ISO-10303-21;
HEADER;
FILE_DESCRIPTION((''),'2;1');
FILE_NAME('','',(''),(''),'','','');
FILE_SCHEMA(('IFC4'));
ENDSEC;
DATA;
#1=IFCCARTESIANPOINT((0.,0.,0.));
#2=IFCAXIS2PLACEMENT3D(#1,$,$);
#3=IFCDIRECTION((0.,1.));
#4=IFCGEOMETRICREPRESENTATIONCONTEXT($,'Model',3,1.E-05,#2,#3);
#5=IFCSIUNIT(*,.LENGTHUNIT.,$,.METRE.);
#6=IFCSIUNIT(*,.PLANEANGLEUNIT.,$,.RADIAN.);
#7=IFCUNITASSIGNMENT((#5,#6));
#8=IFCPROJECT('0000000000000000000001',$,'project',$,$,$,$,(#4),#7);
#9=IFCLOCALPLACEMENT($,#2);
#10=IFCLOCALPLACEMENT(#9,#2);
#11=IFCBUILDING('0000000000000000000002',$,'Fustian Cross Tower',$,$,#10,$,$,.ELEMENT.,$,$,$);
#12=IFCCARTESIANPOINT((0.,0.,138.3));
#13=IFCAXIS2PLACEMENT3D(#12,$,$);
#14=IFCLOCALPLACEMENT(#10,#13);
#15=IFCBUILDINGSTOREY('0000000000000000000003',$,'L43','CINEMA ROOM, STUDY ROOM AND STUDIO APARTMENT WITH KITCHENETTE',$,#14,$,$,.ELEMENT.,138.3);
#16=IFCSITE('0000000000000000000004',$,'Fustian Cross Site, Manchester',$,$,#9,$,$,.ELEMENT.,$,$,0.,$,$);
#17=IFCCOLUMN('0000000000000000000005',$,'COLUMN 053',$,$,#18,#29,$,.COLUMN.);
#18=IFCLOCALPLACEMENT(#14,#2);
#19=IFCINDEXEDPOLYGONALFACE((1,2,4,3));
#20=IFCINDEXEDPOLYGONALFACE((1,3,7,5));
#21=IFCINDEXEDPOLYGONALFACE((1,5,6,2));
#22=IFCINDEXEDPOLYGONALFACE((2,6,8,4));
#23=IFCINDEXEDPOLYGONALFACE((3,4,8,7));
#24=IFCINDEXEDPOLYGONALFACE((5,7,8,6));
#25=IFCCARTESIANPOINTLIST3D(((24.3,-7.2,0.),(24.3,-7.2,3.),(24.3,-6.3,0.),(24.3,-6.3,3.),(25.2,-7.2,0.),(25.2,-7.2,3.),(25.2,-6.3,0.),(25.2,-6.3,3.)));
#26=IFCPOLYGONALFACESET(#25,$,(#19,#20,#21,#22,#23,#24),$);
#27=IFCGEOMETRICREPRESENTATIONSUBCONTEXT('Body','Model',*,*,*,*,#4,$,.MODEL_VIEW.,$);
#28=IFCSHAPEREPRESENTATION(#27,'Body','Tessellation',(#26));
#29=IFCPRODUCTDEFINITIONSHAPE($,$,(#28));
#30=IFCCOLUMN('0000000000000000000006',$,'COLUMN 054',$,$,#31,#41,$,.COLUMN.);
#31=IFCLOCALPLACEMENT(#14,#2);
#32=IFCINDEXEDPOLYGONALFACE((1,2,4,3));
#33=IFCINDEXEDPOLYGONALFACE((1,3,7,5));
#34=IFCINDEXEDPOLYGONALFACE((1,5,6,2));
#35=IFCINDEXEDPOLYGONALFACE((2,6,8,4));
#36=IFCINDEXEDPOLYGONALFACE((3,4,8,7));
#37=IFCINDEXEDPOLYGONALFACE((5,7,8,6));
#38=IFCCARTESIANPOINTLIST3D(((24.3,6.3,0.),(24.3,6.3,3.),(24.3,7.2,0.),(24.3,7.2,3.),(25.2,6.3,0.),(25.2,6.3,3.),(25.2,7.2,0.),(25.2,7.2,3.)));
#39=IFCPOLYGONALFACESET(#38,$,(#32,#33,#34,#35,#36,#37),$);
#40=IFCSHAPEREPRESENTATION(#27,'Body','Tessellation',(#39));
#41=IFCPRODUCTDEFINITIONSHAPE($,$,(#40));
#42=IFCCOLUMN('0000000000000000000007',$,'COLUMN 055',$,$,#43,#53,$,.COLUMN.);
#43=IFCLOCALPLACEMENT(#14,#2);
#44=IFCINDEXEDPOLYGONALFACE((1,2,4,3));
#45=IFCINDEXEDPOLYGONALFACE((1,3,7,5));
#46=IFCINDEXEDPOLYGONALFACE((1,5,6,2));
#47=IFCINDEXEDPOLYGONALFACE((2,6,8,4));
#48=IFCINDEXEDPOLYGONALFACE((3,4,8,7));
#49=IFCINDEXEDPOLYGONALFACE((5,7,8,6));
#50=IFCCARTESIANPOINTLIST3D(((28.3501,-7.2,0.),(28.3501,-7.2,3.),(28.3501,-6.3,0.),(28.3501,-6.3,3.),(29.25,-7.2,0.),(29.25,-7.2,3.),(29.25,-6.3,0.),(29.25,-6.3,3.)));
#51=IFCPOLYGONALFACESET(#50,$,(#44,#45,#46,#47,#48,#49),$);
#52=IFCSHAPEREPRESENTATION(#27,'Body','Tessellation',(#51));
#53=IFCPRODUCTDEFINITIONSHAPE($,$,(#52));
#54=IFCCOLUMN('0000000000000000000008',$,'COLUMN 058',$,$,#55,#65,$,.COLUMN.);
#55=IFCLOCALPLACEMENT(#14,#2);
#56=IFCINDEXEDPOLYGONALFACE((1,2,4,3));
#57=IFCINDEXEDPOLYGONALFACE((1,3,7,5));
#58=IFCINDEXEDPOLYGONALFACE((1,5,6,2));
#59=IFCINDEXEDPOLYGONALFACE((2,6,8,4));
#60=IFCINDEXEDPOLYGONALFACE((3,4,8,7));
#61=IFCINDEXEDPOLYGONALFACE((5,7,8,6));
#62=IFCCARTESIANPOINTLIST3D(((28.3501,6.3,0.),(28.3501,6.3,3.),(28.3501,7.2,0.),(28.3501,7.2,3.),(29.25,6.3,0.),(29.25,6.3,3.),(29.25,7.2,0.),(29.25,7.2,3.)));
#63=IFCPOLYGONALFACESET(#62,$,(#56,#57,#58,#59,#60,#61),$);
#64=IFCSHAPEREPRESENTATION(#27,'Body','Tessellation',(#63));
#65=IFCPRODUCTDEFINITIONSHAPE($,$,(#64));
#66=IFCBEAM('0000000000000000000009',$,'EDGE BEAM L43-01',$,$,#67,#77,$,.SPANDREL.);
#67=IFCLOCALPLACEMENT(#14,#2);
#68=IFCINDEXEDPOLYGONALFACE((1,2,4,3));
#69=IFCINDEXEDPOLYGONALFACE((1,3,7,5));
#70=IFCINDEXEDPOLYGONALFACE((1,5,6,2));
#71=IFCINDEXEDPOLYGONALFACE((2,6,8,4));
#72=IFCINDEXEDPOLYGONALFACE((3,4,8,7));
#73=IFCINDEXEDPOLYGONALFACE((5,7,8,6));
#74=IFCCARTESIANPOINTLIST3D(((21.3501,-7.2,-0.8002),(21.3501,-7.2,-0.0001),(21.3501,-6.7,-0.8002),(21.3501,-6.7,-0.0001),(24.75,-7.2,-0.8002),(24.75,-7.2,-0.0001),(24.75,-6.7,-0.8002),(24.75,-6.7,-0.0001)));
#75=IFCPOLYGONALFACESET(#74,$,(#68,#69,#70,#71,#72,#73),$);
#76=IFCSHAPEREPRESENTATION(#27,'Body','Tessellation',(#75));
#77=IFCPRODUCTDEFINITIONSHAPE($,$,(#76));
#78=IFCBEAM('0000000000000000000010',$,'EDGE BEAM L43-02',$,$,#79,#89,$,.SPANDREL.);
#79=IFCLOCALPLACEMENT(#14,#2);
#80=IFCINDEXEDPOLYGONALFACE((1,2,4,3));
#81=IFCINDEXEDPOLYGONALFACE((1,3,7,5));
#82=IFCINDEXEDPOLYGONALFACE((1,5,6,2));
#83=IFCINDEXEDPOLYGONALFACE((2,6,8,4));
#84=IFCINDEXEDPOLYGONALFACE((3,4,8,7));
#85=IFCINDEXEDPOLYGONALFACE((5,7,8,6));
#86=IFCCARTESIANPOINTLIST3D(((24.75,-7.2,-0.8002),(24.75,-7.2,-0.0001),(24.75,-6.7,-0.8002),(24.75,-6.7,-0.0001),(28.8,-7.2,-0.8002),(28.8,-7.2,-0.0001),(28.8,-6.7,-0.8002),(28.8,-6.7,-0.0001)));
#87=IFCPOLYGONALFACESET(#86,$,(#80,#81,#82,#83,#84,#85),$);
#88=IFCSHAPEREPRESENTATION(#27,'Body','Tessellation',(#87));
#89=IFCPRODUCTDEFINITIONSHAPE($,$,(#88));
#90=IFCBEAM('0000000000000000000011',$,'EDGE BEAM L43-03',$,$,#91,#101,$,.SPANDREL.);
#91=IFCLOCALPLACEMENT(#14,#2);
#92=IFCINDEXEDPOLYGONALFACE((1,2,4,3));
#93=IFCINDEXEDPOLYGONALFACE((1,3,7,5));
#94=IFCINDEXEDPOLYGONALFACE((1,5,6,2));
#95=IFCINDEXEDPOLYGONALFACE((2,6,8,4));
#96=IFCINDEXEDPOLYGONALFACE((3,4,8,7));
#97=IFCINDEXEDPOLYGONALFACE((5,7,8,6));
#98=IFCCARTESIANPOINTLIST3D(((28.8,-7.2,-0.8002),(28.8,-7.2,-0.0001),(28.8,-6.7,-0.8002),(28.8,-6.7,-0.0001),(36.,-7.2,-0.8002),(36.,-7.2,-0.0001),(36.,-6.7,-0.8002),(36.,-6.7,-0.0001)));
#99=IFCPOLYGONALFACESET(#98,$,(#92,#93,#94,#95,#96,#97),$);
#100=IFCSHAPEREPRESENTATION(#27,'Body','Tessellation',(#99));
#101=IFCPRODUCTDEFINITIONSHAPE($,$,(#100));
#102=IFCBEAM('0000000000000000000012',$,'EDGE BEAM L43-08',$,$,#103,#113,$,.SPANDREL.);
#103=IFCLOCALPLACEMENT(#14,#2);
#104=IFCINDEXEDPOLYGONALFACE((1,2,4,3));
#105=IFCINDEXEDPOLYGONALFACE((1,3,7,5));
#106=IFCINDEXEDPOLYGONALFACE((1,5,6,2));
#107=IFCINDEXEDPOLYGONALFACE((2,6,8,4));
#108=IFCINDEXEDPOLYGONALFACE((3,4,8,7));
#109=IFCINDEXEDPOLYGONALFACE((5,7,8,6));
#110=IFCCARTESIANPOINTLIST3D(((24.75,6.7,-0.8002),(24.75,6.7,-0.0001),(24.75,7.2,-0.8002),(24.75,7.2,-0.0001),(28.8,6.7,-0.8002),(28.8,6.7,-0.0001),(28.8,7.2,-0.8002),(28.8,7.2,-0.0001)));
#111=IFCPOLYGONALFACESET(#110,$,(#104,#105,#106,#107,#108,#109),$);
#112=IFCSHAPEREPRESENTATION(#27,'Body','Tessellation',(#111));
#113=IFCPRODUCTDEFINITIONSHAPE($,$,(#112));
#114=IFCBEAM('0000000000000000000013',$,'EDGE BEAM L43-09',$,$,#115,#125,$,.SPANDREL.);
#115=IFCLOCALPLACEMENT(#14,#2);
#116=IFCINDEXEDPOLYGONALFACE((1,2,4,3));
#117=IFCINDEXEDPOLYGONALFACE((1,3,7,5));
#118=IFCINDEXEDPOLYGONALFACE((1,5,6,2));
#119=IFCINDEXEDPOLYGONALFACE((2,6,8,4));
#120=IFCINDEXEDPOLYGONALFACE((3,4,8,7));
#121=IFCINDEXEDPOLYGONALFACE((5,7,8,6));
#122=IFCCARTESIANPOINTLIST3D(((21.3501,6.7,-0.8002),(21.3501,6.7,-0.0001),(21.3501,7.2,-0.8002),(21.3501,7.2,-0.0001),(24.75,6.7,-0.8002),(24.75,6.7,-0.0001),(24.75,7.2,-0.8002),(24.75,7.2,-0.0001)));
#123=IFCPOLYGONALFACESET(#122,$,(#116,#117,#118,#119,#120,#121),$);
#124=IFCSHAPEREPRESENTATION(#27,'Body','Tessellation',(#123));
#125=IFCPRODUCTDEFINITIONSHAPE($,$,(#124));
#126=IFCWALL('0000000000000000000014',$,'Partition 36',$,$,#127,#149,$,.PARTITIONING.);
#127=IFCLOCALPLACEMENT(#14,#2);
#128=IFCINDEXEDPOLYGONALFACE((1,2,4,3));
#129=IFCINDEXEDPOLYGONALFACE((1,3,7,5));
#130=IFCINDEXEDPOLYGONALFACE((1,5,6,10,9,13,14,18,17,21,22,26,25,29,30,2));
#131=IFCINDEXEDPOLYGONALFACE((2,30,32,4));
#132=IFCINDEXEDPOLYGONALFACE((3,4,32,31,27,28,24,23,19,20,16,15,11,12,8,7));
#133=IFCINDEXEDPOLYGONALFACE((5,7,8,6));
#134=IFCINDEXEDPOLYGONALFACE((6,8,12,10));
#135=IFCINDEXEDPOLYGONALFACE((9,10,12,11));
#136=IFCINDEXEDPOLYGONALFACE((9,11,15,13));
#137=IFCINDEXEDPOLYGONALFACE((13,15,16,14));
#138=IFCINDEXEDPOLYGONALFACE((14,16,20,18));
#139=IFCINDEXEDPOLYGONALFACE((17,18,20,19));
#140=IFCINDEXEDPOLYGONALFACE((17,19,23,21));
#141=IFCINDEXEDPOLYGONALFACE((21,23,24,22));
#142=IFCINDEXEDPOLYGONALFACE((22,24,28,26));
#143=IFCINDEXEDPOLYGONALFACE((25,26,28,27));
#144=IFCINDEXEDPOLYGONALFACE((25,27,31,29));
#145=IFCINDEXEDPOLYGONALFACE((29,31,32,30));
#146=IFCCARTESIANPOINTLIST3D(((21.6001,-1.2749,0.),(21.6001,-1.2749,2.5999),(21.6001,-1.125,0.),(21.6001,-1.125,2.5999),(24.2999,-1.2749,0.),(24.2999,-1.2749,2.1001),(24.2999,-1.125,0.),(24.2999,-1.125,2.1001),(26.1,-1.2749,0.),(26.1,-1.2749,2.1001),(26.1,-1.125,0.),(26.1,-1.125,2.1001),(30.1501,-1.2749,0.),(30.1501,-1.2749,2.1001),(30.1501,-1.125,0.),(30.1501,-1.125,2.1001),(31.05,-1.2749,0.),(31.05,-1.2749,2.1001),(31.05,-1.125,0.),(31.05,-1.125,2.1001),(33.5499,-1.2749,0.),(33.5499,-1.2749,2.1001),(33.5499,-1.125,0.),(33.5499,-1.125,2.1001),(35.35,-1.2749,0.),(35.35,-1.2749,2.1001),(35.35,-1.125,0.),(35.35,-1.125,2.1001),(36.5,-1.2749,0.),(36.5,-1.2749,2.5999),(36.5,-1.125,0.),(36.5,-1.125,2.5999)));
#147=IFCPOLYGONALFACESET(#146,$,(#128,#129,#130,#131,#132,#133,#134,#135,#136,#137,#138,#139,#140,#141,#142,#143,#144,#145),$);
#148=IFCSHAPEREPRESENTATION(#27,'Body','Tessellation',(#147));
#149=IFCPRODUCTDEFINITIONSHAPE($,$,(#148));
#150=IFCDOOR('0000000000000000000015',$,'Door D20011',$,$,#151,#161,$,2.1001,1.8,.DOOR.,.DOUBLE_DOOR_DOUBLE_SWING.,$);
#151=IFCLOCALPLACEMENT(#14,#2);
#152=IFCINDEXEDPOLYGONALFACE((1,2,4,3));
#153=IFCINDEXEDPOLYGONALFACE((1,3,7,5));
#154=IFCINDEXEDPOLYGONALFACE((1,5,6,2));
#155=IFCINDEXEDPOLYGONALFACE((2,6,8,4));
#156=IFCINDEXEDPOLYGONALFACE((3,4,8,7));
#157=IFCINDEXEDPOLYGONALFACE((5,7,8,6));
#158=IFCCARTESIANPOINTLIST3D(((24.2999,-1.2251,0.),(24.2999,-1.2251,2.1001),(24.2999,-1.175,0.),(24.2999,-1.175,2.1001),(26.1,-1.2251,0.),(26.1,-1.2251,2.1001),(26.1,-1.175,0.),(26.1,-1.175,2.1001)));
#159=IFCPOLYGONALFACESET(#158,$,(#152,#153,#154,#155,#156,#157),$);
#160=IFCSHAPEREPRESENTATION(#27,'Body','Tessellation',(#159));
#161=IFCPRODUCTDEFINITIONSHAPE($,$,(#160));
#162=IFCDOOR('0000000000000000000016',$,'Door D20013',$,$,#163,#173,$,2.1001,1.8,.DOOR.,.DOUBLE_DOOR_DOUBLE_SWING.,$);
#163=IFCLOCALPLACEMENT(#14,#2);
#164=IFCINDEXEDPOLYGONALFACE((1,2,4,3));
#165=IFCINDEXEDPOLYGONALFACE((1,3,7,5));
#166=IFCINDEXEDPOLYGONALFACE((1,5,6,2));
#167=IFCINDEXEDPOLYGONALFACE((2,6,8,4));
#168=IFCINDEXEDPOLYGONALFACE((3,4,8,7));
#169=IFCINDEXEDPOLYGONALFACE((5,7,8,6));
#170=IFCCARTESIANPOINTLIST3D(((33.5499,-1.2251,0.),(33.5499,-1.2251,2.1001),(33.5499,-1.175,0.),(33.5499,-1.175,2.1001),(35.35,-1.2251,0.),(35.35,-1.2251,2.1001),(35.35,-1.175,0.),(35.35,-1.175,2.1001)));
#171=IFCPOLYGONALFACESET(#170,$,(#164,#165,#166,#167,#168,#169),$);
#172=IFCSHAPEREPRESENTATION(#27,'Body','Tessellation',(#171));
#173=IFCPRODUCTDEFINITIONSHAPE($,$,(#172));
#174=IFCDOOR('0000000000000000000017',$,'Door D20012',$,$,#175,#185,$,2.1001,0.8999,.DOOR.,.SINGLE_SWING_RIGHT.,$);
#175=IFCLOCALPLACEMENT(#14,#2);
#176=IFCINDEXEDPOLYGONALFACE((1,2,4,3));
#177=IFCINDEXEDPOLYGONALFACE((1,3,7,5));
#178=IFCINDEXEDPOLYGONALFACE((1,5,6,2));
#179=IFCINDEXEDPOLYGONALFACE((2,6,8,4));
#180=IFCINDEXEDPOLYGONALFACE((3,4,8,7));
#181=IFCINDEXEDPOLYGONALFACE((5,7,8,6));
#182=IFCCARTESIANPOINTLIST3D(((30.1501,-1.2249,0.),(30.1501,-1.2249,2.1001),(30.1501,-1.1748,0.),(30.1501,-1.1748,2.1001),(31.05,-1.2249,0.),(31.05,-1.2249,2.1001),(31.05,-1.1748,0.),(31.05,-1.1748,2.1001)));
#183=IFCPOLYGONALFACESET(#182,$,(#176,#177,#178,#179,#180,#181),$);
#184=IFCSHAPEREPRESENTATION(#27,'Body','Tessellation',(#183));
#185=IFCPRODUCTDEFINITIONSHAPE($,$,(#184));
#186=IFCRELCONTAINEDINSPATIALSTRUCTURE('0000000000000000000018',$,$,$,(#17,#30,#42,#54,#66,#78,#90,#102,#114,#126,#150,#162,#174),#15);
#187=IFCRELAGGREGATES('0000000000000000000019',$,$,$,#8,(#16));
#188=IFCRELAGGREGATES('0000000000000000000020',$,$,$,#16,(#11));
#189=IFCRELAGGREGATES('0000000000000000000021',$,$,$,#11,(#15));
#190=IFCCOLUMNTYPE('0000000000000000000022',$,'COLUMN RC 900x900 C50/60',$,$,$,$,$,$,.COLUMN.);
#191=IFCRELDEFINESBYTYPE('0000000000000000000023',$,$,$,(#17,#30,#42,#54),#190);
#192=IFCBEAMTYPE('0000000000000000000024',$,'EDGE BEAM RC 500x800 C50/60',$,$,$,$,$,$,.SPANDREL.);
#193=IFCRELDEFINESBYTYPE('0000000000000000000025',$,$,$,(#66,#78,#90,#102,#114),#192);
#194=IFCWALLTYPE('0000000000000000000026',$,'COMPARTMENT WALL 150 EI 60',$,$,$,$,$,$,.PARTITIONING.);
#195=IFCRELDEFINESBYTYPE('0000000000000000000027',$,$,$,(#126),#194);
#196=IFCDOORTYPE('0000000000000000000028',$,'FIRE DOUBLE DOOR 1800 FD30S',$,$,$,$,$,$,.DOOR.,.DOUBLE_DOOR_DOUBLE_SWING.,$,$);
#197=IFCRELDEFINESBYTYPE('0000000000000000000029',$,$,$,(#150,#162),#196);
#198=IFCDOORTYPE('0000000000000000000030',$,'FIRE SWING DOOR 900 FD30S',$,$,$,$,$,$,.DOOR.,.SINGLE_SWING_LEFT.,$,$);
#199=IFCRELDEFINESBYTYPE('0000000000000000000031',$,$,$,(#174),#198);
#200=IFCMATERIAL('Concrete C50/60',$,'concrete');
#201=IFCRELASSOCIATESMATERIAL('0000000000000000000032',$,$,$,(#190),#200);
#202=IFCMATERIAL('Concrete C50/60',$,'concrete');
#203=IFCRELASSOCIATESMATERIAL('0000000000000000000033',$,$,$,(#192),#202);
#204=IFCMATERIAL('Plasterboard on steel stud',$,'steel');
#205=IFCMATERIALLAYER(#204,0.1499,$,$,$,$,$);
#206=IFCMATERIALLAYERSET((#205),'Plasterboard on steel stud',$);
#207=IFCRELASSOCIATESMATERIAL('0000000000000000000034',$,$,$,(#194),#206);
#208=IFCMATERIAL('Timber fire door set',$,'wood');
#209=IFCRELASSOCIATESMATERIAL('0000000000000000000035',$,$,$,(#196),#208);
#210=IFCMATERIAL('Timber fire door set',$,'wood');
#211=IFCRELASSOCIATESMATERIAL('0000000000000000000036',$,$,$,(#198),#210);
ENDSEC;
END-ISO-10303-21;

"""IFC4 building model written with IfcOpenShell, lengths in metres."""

from ifc_helpers import new_model, si_unit, direction, frame, frame_2d, origin, origin_2d, place, context, subcontext, project, spatial, rectangle, extrude, material, layer, layer_set, material_profile, profile_set, type_object, element, fill, save


model = new_model("IFC4")

# Units and contexts
model_context = context("Model", 3, precision=1e-05, world=origin(), true_north=direction((0.0, 1.0)))
body_context = subcontext(model_context, "Body", "Model", "MODEL_VIEW")
ifc_project = project(units=[si_unit("LENGTHUNIT", "METRE"), si_unit("PLANEANGLEUNIT", "RADIAN")], contexts=[model_context])

# Site, building, storey
site_placement = place(None, origin())
site = spatial("IfcSite", under=ifc_project, at=site_placement, Name="Fustian Cross Site, Manchester", CompositionType="ELEMENT", RefElevation=0.0)
building_placement = place(site_placement, origin())
building = spatial("IfcBuilding", under=site, at=building_placement, Name="Fustian Cross Tower", CompositionType="ELEMENT")
storey_placement = place(building_placement, frame((0.0, 0.0, 138.3)))
storey = spatial("IfcBuildingStorey", under=building, at=storey_placement, Name="L43", Description="CINEMA ROOM, STUDY ROOM AND STUDIO APARTMENT WITH KITCHENETTE", CompositionType="ELEMENT", Elevation=138.3)

# Columns
ifc_material_1 = material(Name="Concrete C50/60", Category="concrete")
ifc_material_profile_1 = material_profile(ifc_material_1, rectangle(XDim=0.8999, YDim=0.8999, at=origin_2d()), Name="RC 900x900")
ifc_profile_set_1 = profile_set([ifc_material_profile_1], Name="Concrete C50/60")
column_type = type_object("IfcColumnType", Name="COLUMN RC 900x900 C50/60", PredefinedType="COLUMN", material=ifc_profile_set_1)
for number, where, z_axis, x_axis, name in (
    (1, (24.75, -6.75, 0.0), (0.0, 0.0, 1.0), (1.0, 0.0, 0.0), "COLUMN 053"),
    (2, (24.75, 6.75, 0.0), (0.0, 0.0, 1.0), (1.0, 0.0, 0.0), "COLUMN 054"),
    (3, (28.8, -6.75, 0.0), (0.0, 0.0, 1.0), (1.0, 0.0, 0.0), "COLUMN 055"),
    (4, (28.8, 6.75, 0.0), (0.0, 0.0, 1.0), (1.0, 0.0, 0.0), "COLUMN 058"),
):
    element("IfcColumn", number, at=place(storey_placement, frame(where, z_axis=z_axis, x_axis=x_axis)), inside=storey, type_object=column_type, Name=name, PredefinedType="COLUMN", context=body_context, shape_type="SweptSolid", body=[
        extrude(rectangle(XDim=0.8999, YDim=0.8999, at=origin_2d()), origin(), (0.0, 0.0, 1.0), 3.0),
    ])

# Beams
ifc_material_2 = material(Name="Concrete C50/60", Category="concrete")
ifc_material_profile_2 = material_profile(ifc_material_2, rectangle(XDim=0.5, YDim=0.8, at=origin_2d()), Name="RC 500x800")
ifc_profile_set_2 = profile_set([ifc_material_profile_2], Name="Concrete C50/60")
beam_type = type_object("IfcBeamType", Name="EDGE BEAM RC 500x800 C50/60", PredefinedType="SPANDREL", material=ifc_profile_set_2)
beam_1_placement = place(storey_placement, frame((21.3501, -6.95, -0.4001), z_axis=(1.0, 0.0, 0.0), x_axis=(0.0, 1.0, 0.0)))
element("IfcBeam", 5, at=beam_1_placement, inside=storey, type_object=beam_type, Name="EDGE BEAM L43-01", PredefinedType="SPANDREL", context=body_context, shape_type="SweptSolid", body=[
    extrude(rectangle(XDim=0.5, YDim=0.8, at=origin_2d()), origin(), (0.0, 0.0, 1.0), 3.3999),
])
beam_2_placement = place(storey_placement, frame((24.75, -6.95, -0.4001), z_axis=(1.0, 0.0, 0.0), x_axis=(0.0, 1.0, 0.0)))
element("IfcBeam", 6, at=beam_2_placement, inside=storey, type_object=beam_type, Name="EDGE BEAM L43-02", PredefinedType="SPANDREL", context=body_context, shape_type="SweptSolid", body=[
    extrude(rectangle(XDim=0.5, YDim=0.8, at=origin_2d()), origin(), (0.0, 0.0, 1.0), 4.05),
])
beam_3_placement = place(storey_placement, frame((28.8, -6.95, -0.4001), z_axis=(1.0, 0.0, 0.0), x_axis=(0.0, 1.0, 0.0)))
element("IfcBeam", 7, at=beam_3_placement, inside=storey, type_object=beam_type, Name="EDGE BEAM L43-03", PredefinedType="SPANDREL", context=body_context, shape_type="SweptSolid", body=[
    extrude(rectangle(XDim=0.5, YDim=0.8, at=origin_2d()), origin(), (0.0, 0.0, 1.0), 7.2),
])
beam_4_placement = place(storey_placement, frame((28.8, 6.95, -0.4001), z_axis=(-1.0, 0.0, 0.0), x_axis=(0.0, -1.0, 0.0)))
element("IfcBeam", 8, at=beam_4_placement, inside=storey, type_object=beam_type, Name="EDGE BEAM L43-08", PredefinedType="SPANDREL", context=body_context, shape_type="SweptSolid", body=[
    extrude(rectangle(XDim=0.5, YDim=0.8, at=origin_2d()), origin(), (0.0, 0.0, 1.0), 4.05),
])
beam_5_placement = place(storey_placement, frame((24.75, 6.95, -0.4001), z_axis=(-1.0, 0.0, 0.0), x_axis=(0.0, -1.0, 0.0)))
element("IfcBeam", 9, at=beam_5_placement, inside=storey, type_object=beam_type, Name="EDGE BEAM L43-09", PredefinedType="SPANDREL", context=body_context, shape_type="SweptSolid", body=[
    extrude(rectangle(XDim=0.5, YDim=0.8, at=origin_2d()), origin(), (0.0, 0.0, 1.0), 3.3999),
])

# Wall, openings, doors
ifc_material_3 = material(Name="Plasterboard on steel stud", Category="steel")
ifc_layer_1 = layer(ifc_material_3, 0.1499)
ifc_layer_set_1 = layer_set([ifc_layer_1], Name="Plasterboard on steel stud")
wall_type_1 = type_object("IfcWallType", Name="COMPARTMENT WALL 150 EI 60", PredefinedType="PARTITIONING", material=ifc_layer_set_1)
wall_1_placement = place(storey_placement, frame((21.6001, -1.2, 0.0), z_axis=(0.0, 0.0, 1.0), x_axis=(1.0, 0.0, 0.0)))
wall_1 = element("IfcWall", 10, at=wall_1_placement, inside=storey, type_object=wall_type_1, Name="Partition 36", PredefinedType="PARTITIONING", context=body_context, shape_type="SweptSolid", body=[
    extrude(rectangle(XDim=14.8999, YDim=0.1499, at=frame_2d((7.45, 0.0))), origin(), (0.0, 0.0, 1.0), 2.5999),
])
opening_1_placement = place(wall_1_placement, frame((2.7, 0.0, 0.0)))
opening_1 = element("IfcOpeningElement", 11, at=opening_1_placement, cuts=wall_1, PredefinedType="OPENING", context=body_context, shape_type="SweptSolid", body=[
    extrude(rectangle(XDim=1.8, YDim=2.1001, at=frame_2d((0.8999, 1.05))), frame((0.0, 0.085, 0.0), z_axis=(0.0, -1.0, 0.0), x_axis=(1.0, 0.0, 0.0)), (0.0, 0.0, 1.0), 0.1699),
])
opening_2_placement = place(wall_1_placement, frame((8.55, 0.0, 0.0)))
opening_2 = element("IfcOpeningElement", 12, at=opening_2_placement, cuts=wall_1, PredefinedType="OPENING", context=body_context, shape_type="SweptSolid", body=[
    extrude(rectangle(XDim=0.8999, YDim=2.1001, at=frame_2d((0.45, 1.05))), frame((0.0, 0.085, 0.0), z_axis=(0.0, -1.0, 0.0), x_axis=(1.0, 0.0, 0.0)), (0.0, 0.0, 1.0), 0.1699),
])
opening_3_placement = place(wall_1_placement, frame((11.95, 0.0, 0.0)))
opening_3 = element("IfcOpeningElement", 13, at=opening_3_placement, cuts=wall_1, PredefinedType="OPENING", context=body_context, shape_type="SweptSolid", body=[
    extrude(rectangle(XDim=1.8, YDim=2.1001, at=frame_2d((0.8999, 1.05))), frame((0.0, 0.085, 0.0), z_axis=(0.0, -1.0, 0.0), x_axis=(1.0, 0.0, 0.0)), (0.0, 0.0, 1.0), 0.1699),
])
ifc_material_4 = material(Name="Timber fire door set", Category="wood")
door_type_1 = type_object("IfcDoorType", Name="FIRE DOUBLE DOOR 1800 FD30S", OperationType="DOUBLE_DOOR_DOUBLE_SWING", PredefinedType="DOOR", material=ifc_material_4)
door_1_placement = place(opening_1_placement, origin())
door_1 = element("IfcDoor", 14, at=door_1_placement, inside=storey, type_object=door_type_1, Name="Door D20011", OperationType="DOUBLE_DOOR_DOUBLE_SWING", OverallHeight=2.1001, OverallWidth=1.8, PredefinedType="DOOR", context=body_context, shape_type="SweptSolid", body=[
    extrude(rectangle(XDim=1.8, YDim=2.1001, at=frame_2d((0.8999, 1.05))), frame((0.0, 0.0249, 0.0), z_axis=(0.0, -1.0, 0.0), x_axis=(1.0, 0.0, 0.0)), (0.0, 0.0, 1.0), 0.05),
])
fill(opening_1, door_1)
door_2_placement = place(opening_3_placement, origin())
door_2 = element("IfcDoor", 15, at=door_2_placement, inside=storey, type_object=door_type_1, Name="Door D20013", OperationType="DOUBLE_DOOR_DOUBLE_SWING", OverallHeight=2.1001, OverallWidth=1.8, PredefinedType="DOOR", context=body_context, shape_type="SweptSolid", body=[
    extrude(rectangle(XDim=1.8, YDim=2.1001, at=frame_2d((0.8999, 1.05))), frame((0.0, 0.0249, 0.0), z_axis=(0.0, -1.0, 0.0), x_axis=(1.0, 0.0, 0.0)), (0.0, 0.0, 1.0), 0.05),
])
fill(opening_3, door_2)
ifc_material_5 = material(Name="Timber fire door set", Category="wood")
door_type_2 = type_object("IfcDoorType", Name="FIRE SWING DOOR 900 FD30S", OperationType="SINGLE_SWING_LEFT", PredefinedType="DOOR", material=ifc_material_5)
door_3_placement = place(opening_2_placement, frame((0.8999, 0.0, 0.0), z_axis=(0.0, 0.0, 1.0), x_axis=(-1.0, 0.0, 0.0)))
door_3 = element("IfcDoor", 16, at=door_3_placement, inside=storey, type_object=door_type_2, Name="Door D20012", OperationType="SINGLE_SWING_RIGHT", OverallHeight=2.1001, OverallWidth=0.8999, PredefinedType="DOOR", context=body_context, shape_type="SweptSolid", body=[
    extrude(rectangle(XDim=0.8999, YDim=2.1001, at=frame_2d((0.45, 1.05))), frame((0.0, 0.0249, 0.0), z_axis=(0.0, -1.0, 0.0), x_axis=(1.0, 0.0, 0.0)), (0.0, 0.0, 1.0), 0.05),
])
fill(opening_2, door_3)

save(model, "model.ifc")
